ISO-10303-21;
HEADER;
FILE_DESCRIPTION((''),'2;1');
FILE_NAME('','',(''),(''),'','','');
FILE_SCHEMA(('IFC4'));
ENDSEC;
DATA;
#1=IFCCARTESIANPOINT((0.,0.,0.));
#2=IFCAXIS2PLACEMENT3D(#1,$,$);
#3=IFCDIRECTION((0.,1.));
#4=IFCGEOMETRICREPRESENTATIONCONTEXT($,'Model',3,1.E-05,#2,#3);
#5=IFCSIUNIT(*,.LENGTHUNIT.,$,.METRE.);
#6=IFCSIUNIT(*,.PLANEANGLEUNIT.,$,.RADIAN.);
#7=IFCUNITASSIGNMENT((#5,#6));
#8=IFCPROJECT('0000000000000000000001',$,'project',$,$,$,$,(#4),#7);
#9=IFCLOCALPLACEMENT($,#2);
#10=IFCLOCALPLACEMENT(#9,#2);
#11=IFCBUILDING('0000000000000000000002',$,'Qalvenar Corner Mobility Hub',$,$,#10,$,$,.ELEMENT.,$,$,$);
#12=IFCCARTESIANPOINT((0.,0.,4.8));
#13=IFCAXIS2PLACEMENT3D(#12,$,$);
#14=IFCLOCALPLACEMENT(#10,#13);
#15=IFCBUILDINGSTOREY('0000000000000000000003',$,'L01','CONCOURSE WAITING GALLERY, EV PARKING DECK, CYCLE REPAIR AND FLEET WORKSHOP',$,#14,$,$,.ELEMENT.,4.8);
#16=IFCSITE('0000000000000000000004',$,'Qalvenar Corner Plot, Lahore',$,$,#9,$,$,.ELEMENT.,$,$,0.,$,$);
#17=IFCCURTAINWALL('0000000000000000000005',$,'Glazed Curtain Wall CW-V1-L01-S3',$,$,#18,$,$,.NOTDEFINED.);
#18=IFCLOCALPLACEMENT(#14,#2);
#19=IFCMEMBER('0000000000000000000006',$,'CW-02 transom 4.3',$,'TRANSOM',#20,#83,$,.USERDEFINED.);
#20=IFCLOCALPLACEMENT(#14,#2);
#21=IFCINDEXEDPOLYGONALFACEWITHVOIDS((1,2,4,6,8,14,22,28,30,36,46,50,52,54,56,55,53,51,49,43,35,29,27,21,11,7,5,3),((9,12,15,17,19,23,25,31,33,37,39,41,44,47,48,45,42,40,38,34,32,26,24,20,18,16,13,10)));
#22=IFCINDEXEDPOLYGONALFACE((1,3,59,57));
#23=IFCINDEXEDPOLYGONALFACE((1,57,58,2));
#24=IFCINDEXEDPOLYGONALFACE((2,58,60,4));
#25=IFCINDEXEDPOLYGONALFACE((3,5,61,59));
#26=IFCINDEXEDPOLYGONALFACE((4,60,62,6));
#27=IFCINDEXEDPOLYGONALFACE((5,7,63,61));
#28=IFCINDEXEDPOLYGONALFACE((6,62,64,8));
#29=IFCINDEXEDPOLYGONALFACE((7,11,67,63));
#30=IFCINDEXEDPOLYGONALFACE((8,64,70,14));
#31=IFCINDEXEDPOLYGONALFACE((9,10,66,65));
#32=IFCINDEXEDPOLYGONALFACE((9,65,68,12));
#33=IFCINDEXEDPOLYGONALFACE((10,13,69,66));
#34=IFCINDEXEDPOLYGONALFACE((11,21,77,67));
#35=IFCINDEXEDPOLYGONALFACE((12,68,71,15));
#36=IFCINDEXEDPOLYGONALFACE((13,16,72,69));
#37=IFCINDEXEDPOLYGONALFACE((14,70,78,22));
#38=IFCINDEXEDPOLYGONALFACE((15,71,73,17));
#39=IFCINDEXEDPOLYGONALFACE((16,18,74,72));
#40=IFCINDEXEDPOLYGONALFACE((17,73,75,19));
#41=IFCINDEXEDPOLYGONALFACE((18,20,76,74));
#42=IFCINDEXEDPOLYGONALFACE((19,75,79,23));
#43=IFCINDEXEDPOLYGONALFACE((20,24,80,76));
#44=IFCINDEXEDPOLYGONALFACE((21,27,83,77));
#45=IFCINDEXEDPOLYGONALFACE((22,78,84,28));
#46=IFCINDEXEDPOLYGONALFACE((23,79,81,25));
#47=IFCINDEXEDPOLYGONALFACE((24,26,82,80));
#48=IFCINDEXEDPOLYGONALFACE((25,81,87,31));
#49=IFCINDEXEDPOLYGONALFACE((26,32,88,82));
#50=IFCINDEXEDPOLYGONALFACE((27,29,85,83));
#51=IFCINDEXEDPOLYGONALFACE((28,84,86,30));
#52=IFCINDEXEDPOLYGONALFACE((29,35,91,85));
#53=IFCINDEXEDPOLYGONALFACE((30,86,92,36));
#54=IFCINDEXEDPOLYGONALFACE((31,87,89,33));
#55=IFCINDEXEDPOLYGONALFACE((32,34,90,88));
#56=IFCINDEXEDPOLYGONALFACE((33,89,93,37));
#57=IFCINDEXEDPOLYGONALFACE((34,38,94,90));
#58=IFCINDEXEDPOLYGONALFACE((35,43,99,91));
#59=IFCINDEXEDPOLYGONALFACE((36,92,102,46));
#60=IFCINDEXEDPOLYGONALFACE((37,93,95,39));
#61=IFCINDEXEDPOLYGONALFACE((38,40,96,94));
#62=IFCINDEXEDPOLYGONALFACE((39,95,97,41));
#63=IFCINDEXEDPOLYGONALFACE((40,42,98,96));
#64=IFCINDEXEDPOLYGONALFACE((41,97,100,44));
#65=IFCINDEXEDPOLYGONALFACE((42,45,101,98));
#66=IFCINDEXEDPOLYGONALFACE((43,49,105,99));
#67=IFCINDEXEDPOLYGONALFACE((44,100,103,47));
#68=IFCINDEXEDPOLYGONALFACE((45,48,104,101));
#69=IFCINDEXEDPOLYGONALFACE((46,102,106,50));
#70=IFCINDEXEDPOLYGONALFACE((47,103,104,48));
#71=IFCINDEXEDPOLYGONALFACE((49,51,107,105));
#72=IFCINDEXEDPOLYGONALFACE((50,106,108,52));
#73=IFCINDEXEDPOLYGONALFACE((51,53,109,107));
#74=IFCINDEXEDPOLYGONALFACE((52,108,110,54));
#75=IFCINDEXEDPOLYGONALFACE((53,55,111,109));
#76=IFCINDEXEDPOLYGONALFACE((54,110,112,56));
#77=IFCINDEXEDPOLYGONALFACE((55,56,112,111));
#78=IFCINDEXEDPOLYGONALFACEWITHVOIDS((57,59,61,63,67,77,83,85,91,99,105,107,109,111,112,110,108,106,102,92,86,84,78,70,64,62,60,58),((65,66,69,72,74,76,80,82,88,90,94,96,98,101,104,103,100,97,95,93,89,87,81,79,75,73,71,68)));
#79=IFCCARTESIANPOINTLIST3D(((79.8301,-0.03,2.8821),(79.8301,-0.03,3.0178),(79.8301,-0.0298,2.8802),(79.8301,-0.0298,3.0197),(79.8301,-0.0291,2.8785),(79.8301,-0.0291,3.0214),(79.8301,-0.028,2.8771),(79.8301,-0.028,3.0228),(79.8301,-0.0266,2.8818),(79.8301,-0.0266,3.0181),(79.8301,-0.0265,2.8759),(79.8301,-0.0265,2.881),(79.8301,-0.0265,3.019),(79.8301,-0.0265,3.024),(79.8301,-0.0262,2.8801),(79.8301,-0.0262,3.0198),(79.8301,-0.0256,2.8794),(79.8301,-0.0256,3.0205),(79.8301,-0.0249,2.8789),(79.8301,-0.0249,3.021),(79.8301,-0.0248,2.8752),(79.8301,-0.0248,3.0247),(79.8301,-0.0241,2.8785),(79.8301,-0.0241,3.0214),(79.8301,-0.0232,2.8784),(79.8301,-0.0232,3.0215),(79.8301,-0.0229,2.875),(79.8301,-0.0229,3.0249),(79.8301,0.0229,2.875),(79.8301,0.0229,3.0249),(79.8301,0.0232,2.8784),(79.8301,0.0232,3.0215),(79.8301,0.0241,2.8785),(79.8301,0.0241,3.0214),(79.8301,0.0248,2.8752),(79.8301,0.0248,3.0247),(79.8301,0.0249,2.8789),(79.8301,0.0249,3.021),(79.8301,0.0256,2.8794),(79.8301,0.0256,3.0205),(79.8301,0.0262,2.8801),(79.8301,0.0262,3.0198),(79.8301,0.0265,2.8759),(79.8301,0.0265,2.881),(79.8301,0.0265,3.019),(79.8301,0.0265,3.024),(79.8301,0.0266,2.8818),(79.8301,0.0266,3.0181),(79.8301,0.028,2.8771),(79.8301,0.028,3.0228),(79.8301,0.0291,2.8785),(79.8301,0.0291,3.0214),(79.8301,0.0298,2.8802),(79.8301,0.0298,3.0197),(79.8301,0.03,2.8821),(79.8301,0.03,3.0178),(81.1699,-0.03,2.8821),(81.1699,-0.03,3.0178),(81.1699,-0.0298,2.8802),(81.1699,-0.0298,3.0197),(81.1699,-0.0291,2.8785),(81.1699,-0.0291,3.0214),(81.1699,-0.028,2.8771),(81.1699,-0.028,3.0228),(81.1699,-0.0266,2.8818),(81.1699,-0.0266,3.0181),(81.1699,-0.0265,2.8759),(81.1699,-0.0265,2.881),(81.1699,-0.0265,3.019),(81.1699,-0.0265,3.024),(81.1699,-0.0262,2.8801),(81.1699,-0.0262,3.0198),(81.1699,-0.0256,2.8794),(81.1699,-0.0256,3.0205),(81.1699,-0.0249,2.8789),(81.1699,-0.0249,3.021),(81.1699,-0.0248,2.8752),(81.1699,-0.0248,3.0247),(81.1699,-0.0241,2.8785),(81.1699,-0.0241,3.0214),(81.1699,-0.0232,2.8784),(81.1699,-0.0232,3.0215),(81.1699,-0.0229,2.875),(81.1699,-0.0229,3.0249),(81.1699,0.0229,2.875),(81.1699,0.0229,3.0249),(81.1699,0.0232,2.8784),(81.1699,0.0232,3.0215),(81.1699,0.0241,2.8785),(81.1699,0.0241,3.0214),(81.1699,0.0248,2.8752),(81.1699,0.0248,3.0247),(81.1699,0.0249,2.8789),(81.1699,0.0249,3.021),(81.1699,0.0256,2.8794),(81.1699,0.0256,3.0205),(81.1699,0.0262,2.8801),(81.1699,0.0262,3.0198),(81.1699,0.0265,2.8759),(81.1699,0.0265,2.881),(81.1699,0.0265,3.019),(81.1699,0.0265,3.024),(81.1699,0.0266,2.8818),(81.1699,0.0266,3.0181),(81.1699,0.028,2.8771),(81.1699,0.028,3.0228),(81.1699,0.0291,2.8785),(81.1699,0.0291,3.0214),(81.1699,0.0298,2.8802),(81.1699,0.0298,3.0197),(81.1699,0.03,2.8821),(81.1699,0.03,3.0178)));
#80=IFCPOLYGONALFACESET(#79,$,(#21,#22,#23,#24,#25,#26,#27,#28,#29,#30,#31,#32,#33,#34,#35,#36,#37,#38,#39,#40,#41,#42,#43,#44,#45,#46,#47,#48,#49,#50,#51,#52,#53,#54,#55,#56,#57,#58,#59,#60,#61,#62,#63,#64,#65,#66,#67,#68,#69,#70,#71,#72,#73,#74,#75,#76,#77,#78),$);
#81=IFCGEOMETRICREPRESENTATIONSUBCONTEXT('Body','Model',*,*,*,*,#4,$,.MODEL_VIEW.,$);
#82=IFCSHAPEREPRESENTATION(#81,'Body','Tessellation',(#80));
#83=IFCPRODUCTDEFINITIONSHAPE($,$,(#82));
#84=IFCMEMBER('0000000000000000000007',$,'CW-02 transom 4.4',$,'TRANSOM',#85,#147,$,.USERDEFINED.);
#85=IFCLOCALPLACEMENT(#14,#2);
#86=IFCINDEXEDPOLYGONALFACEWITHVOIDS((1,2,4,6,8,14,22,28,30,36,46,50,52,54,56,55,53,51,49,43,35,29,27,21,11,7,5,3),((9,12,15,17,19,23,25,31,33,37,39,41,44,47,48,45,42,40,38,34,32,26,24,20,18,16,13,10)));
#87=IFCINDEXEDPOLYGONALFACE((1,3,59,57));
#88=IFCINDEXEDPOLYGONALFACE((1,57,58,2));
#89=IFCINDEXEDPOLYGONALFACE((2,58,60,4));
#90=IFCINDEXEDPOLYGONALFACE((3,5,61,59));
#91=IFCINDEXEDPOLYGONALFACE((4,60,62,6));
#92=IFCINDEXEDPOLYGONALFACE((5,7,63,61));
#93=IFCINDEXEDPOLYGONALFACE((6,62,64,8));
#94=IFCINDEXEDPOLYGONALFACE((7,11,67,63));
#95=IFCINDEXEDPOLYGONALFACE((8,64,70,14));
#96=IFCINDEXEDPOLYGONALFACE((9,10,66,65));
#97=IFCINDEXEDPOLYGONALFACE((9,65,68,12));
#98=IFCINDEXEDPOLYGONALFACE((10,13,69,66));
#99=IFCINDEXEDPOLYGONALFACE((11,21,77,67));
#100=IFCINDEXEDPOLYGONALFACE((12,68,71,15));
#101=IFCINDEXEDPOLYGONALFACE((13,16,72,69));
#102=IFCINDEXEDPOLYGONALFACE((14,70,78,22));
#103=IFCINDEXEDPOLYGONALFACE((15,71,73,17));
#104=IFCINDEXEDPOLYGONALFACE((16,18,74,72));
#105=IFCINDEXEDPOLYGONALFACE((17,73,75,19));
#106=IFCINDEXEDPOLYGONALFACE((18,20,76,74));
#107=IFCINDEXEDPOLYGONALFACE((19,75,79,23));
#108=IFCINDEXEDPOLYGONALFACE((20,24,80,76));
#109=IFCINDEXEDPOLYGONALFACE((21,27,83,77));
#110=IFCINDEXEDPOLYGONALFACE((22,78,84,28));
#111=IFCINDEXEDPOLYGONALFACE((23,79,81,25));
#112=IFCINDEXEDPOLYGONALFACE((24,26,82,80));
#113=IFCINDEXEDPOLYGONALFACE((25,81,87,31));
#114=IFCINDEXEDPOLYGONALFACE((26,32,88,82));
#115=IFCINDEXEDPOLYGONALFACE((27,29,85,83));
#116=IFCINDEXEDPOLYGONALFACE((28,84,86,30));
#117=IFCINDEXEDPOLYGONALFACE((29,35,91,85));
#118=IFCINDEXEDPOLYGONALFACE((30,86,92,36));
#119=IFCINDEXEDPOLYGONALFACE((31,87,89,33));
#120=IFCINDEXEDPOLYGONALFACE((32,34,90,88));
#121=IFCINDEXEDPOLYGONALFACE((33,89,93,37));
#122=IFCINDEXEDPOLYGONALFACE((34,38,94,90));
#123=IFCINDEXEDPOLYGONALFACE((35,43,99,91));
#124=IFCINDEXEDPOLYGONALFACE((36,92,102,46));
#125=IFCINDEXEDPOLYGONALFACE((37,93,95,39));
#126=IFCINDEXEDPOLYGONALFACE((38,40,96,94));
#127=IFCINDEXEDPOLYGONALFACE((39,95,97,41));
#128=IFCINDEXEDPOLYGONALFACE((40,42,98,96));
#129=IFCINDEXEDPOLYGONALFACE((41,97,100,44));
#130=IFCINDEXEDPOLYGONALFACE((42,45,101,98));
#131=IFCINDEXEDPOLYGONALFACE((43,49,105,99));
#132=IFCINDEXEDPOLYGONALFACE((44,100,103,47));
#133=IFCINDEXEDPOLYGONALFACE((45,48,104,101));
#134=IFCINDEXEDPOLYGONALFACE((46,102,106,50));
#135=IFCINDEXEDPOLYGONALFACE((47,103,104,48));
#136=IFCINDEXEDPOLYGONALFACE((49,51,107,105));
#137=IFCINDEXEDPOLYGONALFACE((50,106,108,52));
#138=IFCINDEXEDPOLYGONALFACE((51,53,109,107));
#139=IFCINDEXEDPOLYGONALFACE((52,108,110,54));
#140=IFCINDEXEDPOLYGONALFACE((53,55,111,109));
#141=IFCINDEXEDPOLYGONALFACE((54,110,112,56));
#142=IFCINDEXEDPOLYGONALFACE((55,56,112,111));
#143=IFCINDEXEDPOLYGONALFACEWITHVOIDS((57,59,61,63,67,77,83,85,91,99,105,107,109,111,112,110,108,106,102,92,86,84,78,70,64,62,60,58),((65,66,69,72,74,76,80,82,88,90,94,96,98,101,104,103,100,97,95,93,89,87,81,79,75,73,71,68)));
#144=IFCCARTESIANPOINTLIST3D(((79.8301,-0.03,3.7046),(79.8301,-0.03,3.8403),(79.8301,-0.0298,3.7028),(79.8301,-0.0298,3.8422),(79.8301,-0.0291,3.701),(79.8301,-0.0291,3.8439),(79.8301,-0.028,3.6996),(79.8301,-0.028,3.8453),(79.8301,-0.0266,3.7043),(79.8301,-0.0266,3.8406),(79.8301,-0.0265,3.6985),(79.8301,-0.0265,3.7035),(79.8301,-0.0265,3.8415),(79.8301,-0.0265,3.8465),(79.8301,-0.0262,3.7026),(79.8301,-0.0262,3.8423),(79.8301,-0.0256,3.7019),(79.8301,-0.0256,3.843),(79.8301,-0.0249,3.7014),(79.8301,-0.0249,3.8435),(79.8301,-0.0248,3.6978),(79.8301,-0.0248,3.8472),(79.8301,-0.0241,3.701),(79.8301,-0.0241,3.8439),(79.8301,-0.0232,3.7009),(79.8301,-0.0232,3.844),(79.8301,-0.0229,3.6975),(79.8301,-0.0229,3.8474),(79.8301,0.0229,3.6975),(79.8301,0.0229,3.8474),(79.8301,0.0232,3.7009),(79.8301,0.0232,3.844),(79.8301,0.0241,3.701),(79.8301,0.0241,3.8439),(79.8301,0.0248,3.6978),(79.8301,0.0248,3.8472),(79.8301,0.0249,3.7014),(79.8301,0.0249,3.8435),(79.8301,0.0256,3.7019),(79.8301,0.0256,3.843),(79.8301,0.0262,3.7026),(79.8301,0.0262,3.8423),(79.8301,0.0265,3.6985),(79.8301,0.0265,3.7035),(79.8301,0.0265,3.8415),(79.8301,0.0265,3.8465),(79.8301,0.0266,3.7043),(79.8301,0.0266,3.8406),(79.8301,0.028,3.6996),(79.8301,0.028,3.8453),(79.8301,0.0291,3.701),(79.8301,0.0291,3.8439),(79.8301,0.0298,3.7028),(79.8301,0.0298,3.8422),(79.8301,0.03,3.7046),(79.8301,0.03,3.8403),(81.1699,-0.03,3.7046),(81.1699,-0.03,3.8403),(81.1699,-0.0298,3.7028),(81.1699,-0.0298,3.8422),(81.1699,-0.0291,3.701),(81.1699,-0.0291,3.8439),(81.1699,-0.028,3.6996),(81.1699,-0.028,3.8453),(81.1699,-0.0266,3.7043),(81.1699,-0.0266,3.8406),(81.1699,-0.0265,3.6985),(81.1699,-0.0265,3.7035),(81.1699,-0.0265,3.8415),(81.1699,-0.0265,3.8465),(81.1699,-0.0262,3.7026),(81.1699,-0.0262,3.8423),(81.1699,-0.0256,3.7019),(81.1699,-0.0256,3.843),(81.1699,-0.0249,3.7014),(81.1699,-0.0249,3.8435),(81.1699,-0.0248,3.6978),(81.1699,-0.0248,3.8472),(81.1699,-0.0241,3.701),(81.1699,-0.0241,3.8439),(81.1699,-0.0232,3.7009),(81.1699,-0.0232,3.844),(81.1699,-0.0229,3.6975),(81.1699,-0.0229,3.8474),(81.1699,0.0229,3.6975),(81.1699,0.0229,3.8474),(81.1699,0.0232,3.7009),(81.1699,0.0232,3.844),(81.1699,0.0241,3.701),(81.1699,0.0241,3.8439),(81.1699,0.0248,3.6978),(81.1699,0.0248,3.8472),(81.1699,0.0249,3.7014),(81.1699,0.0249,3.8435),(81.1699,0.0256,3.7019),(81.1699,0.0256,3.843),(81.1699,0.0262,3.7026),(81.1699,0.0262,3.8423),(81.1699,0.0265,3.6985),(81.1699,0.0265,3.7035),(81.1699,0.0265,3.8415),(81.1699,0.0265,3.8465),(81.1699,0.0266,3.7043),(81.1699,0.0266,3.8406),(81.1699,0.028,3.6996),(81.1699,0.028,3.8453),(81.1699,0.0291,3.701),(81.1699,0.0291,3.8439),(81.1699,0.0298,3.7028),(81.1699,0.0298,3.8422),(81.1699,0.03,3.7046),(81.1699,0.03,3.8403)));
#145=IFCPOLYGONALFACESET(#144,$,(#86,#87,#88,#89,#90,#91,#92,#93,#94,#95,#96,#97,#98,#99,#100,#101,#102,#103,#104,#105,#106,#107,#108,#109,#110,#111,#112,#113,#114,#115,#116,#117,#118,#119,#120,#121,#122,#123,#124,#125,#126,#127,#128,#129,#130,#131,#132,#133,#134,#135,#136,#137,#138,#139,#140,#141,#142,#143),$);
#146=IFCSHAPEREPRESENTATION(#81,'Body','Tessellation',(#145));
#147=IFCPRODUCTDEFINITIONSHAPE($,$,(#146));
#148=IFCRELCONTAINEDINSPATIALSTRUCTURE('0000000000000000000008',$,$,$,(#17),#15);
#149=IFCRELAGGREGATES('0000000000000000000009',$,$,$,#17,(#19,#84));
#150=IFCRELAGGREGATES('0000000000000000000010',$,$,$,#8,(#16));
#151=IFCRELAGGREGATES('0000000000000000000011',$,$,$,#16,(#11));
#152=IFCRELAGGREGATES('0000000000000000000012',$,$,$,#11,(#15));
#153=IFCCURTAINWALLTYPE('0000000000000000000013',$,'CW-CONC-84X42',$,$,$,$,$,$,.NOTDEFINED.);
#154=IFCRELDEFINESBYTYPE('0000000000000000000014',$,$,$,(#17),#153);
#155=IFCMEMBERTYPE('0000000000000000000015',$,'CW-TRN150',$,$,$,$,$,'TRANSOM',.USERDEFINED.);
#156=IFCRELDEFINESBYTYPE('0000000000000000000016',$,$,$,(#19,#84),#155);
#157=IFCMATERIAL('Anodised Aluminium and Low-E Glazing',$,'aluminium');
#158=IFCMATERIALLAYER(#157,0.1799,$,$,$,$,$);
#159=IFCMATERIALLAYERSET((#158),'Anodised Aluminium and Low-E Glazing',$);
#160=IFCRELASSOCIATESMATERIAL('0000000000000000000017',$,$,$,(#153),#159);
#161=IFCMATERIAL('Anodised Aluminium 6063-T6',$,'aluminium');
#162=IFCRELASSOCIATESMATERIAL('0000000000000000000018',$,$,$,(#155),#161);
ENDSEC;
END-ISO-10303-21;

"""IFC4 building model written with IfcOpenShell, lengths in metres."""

from ifc_helpers import new_model, si_unit, direction, frame, origin, origin_2d, place, context, subcontext, project, spatial, hollow_rectangle, extrude, material, layer, layer_set, material_profile, profile_set, type_object, element, aggregate, save


model = new_model("IFC4")

# Units and contexts
model_context = context("Model", 3, precision=1e-05, world=origin(), true_north=direction((0.0, 1.0)))
body_context = subcontext(model_context, "Body", "Model", "MODEL_VIEW")
ifc_project = project(units=[si_unit("LENGTHUNIT", "METRE"), si_unit("PLANEANGLEUNIT", "RADIAN")], contexts=[model_context])

# Site, building, storey
site_placement = place(None, origin())
site = spatial("IfcSite", under=ifc_project, at=site_placement, Name="Qalvenar Corner Plot, Lahore", CompositionType="ELEMENT", RefElevation=0.0)
building_placement = place(site_placement, origin())
building = spatial("IfcBuilding", under=site, at=building_placement, Name="Qalvenar Corner Mobility Hub", CompositionType="ELEMENT")
storey_placement = place(building_placement, frame((0.0, 0.0, 4.8)))
storey = spatial("IfcBuildingStorey", under=building, at=storey_placement, Name="L01", Description="CONCOURSE WAITING GALLERY, EV PARKING DECK, CYCLE REPAIR AND FLEET WORKSHOP", CompositionType="ELEMENT", Elevation=4.8)

# Curtain wall, members
ifc_material_1 = material(Name="Anodised Aluminium and Low-E Glazing", Category="aluminium")
ifc_layer_1 = layer(ifc_material_1, 0.1799)
ifc_layer_set_1 = layer_set([ifc_layer_1], Name="Anodised Aluminium and Low-E Glazing")
curtain_wall_type = type_object("IfcCurtainWallType", Name="CW-CONC-84X42", PredefinedType="NOTDEFINED", material=ifc_layer_set_1)
curtain_wall_placement = place(storey_placement, origin())
curtain_wall = element("IfcCurtainWall", 1, at=curtain_wall_placement, inside=storey, type_object=curtain_wall_type, Name="Glazed Curtain Wall CW-V1-L01-S3", PredefinedType="NOTDEFINED")
ifc_material_2 = material(Name="Anodised Aluminium 6063-T6", Category="aluminium")
ifc_material_profile_1 = material_profile(ifc_material_2, hollow_rectangle(XDim=0.0601, YDim=0.1499, WallThickness=0.0034, InnerFilletRadius=0.0034, OuterFilletRadius=0.0071, at=origin_2d()), Name="RHS150x60x3.5")
ifc_profile_set_1 = profile_set([ifc_material_profile_1], Name="Anodised Aluminium 6063-T6")
member_type_1 = type_object("IfcMemberType", Name="CW-TRN150", ElementType="TRANSOM", PredefinedType="USERDEFINED", material=ifc_profile_set_1)
member_1_placement = place(storey_placement, frame((79.8301, 0.0, 2.95), z_axis=(1.0, 0.0, 0.0), x_axis=(0.0, 1.0, 0.0)))
member_1 = element("IfcMember", 2, at=member_1_placement, type_object=member_type_1, Name="CW-02 transom 4.3", ObjectType="TRANSOM", PredefinedType="USERDEFINED", context=body_context, shape_type="SweptSolid", body=[
    extrude(hollow_rectangle(XDim=0.0601, YDim=0.1499, WallThickness=0.0034, InnerFilletRadius=0.0034, OuterFilletRadius=0.0071, at=origin_2d()), origin(), (0.0, 0.0, 1.0), 1.3398),
])
member_2_placement = place(storey_placement, frame((79.8301, 0.0, 3.7725), z_axis=(1.0, 0.0, 0.0), x_axis=(0.0, 1.0, 0.0)))
member_2 = element("IfcMember", 3, at=member_2_placement, type_object=member_type_1, Name="CW-02 transom 4.4", ObjectType="TRANSOM", PredefinedType="USERDEFINED", context=body_context, shape_type="SweptSolid", body=[
    extrude(hollow_rectangle(XDim=0.0601, YDim=0.1499, WallThickness=0.0034, InnerFilletRadius=0.0034, OuterFilletRadius=0.0071, at=origin_2d()), origin(), (0.0, 0.0, 1.0), 1.3398),
])
aggregate(curtain_wall, [member_1, member_2])

save(model, "model.ifc")
